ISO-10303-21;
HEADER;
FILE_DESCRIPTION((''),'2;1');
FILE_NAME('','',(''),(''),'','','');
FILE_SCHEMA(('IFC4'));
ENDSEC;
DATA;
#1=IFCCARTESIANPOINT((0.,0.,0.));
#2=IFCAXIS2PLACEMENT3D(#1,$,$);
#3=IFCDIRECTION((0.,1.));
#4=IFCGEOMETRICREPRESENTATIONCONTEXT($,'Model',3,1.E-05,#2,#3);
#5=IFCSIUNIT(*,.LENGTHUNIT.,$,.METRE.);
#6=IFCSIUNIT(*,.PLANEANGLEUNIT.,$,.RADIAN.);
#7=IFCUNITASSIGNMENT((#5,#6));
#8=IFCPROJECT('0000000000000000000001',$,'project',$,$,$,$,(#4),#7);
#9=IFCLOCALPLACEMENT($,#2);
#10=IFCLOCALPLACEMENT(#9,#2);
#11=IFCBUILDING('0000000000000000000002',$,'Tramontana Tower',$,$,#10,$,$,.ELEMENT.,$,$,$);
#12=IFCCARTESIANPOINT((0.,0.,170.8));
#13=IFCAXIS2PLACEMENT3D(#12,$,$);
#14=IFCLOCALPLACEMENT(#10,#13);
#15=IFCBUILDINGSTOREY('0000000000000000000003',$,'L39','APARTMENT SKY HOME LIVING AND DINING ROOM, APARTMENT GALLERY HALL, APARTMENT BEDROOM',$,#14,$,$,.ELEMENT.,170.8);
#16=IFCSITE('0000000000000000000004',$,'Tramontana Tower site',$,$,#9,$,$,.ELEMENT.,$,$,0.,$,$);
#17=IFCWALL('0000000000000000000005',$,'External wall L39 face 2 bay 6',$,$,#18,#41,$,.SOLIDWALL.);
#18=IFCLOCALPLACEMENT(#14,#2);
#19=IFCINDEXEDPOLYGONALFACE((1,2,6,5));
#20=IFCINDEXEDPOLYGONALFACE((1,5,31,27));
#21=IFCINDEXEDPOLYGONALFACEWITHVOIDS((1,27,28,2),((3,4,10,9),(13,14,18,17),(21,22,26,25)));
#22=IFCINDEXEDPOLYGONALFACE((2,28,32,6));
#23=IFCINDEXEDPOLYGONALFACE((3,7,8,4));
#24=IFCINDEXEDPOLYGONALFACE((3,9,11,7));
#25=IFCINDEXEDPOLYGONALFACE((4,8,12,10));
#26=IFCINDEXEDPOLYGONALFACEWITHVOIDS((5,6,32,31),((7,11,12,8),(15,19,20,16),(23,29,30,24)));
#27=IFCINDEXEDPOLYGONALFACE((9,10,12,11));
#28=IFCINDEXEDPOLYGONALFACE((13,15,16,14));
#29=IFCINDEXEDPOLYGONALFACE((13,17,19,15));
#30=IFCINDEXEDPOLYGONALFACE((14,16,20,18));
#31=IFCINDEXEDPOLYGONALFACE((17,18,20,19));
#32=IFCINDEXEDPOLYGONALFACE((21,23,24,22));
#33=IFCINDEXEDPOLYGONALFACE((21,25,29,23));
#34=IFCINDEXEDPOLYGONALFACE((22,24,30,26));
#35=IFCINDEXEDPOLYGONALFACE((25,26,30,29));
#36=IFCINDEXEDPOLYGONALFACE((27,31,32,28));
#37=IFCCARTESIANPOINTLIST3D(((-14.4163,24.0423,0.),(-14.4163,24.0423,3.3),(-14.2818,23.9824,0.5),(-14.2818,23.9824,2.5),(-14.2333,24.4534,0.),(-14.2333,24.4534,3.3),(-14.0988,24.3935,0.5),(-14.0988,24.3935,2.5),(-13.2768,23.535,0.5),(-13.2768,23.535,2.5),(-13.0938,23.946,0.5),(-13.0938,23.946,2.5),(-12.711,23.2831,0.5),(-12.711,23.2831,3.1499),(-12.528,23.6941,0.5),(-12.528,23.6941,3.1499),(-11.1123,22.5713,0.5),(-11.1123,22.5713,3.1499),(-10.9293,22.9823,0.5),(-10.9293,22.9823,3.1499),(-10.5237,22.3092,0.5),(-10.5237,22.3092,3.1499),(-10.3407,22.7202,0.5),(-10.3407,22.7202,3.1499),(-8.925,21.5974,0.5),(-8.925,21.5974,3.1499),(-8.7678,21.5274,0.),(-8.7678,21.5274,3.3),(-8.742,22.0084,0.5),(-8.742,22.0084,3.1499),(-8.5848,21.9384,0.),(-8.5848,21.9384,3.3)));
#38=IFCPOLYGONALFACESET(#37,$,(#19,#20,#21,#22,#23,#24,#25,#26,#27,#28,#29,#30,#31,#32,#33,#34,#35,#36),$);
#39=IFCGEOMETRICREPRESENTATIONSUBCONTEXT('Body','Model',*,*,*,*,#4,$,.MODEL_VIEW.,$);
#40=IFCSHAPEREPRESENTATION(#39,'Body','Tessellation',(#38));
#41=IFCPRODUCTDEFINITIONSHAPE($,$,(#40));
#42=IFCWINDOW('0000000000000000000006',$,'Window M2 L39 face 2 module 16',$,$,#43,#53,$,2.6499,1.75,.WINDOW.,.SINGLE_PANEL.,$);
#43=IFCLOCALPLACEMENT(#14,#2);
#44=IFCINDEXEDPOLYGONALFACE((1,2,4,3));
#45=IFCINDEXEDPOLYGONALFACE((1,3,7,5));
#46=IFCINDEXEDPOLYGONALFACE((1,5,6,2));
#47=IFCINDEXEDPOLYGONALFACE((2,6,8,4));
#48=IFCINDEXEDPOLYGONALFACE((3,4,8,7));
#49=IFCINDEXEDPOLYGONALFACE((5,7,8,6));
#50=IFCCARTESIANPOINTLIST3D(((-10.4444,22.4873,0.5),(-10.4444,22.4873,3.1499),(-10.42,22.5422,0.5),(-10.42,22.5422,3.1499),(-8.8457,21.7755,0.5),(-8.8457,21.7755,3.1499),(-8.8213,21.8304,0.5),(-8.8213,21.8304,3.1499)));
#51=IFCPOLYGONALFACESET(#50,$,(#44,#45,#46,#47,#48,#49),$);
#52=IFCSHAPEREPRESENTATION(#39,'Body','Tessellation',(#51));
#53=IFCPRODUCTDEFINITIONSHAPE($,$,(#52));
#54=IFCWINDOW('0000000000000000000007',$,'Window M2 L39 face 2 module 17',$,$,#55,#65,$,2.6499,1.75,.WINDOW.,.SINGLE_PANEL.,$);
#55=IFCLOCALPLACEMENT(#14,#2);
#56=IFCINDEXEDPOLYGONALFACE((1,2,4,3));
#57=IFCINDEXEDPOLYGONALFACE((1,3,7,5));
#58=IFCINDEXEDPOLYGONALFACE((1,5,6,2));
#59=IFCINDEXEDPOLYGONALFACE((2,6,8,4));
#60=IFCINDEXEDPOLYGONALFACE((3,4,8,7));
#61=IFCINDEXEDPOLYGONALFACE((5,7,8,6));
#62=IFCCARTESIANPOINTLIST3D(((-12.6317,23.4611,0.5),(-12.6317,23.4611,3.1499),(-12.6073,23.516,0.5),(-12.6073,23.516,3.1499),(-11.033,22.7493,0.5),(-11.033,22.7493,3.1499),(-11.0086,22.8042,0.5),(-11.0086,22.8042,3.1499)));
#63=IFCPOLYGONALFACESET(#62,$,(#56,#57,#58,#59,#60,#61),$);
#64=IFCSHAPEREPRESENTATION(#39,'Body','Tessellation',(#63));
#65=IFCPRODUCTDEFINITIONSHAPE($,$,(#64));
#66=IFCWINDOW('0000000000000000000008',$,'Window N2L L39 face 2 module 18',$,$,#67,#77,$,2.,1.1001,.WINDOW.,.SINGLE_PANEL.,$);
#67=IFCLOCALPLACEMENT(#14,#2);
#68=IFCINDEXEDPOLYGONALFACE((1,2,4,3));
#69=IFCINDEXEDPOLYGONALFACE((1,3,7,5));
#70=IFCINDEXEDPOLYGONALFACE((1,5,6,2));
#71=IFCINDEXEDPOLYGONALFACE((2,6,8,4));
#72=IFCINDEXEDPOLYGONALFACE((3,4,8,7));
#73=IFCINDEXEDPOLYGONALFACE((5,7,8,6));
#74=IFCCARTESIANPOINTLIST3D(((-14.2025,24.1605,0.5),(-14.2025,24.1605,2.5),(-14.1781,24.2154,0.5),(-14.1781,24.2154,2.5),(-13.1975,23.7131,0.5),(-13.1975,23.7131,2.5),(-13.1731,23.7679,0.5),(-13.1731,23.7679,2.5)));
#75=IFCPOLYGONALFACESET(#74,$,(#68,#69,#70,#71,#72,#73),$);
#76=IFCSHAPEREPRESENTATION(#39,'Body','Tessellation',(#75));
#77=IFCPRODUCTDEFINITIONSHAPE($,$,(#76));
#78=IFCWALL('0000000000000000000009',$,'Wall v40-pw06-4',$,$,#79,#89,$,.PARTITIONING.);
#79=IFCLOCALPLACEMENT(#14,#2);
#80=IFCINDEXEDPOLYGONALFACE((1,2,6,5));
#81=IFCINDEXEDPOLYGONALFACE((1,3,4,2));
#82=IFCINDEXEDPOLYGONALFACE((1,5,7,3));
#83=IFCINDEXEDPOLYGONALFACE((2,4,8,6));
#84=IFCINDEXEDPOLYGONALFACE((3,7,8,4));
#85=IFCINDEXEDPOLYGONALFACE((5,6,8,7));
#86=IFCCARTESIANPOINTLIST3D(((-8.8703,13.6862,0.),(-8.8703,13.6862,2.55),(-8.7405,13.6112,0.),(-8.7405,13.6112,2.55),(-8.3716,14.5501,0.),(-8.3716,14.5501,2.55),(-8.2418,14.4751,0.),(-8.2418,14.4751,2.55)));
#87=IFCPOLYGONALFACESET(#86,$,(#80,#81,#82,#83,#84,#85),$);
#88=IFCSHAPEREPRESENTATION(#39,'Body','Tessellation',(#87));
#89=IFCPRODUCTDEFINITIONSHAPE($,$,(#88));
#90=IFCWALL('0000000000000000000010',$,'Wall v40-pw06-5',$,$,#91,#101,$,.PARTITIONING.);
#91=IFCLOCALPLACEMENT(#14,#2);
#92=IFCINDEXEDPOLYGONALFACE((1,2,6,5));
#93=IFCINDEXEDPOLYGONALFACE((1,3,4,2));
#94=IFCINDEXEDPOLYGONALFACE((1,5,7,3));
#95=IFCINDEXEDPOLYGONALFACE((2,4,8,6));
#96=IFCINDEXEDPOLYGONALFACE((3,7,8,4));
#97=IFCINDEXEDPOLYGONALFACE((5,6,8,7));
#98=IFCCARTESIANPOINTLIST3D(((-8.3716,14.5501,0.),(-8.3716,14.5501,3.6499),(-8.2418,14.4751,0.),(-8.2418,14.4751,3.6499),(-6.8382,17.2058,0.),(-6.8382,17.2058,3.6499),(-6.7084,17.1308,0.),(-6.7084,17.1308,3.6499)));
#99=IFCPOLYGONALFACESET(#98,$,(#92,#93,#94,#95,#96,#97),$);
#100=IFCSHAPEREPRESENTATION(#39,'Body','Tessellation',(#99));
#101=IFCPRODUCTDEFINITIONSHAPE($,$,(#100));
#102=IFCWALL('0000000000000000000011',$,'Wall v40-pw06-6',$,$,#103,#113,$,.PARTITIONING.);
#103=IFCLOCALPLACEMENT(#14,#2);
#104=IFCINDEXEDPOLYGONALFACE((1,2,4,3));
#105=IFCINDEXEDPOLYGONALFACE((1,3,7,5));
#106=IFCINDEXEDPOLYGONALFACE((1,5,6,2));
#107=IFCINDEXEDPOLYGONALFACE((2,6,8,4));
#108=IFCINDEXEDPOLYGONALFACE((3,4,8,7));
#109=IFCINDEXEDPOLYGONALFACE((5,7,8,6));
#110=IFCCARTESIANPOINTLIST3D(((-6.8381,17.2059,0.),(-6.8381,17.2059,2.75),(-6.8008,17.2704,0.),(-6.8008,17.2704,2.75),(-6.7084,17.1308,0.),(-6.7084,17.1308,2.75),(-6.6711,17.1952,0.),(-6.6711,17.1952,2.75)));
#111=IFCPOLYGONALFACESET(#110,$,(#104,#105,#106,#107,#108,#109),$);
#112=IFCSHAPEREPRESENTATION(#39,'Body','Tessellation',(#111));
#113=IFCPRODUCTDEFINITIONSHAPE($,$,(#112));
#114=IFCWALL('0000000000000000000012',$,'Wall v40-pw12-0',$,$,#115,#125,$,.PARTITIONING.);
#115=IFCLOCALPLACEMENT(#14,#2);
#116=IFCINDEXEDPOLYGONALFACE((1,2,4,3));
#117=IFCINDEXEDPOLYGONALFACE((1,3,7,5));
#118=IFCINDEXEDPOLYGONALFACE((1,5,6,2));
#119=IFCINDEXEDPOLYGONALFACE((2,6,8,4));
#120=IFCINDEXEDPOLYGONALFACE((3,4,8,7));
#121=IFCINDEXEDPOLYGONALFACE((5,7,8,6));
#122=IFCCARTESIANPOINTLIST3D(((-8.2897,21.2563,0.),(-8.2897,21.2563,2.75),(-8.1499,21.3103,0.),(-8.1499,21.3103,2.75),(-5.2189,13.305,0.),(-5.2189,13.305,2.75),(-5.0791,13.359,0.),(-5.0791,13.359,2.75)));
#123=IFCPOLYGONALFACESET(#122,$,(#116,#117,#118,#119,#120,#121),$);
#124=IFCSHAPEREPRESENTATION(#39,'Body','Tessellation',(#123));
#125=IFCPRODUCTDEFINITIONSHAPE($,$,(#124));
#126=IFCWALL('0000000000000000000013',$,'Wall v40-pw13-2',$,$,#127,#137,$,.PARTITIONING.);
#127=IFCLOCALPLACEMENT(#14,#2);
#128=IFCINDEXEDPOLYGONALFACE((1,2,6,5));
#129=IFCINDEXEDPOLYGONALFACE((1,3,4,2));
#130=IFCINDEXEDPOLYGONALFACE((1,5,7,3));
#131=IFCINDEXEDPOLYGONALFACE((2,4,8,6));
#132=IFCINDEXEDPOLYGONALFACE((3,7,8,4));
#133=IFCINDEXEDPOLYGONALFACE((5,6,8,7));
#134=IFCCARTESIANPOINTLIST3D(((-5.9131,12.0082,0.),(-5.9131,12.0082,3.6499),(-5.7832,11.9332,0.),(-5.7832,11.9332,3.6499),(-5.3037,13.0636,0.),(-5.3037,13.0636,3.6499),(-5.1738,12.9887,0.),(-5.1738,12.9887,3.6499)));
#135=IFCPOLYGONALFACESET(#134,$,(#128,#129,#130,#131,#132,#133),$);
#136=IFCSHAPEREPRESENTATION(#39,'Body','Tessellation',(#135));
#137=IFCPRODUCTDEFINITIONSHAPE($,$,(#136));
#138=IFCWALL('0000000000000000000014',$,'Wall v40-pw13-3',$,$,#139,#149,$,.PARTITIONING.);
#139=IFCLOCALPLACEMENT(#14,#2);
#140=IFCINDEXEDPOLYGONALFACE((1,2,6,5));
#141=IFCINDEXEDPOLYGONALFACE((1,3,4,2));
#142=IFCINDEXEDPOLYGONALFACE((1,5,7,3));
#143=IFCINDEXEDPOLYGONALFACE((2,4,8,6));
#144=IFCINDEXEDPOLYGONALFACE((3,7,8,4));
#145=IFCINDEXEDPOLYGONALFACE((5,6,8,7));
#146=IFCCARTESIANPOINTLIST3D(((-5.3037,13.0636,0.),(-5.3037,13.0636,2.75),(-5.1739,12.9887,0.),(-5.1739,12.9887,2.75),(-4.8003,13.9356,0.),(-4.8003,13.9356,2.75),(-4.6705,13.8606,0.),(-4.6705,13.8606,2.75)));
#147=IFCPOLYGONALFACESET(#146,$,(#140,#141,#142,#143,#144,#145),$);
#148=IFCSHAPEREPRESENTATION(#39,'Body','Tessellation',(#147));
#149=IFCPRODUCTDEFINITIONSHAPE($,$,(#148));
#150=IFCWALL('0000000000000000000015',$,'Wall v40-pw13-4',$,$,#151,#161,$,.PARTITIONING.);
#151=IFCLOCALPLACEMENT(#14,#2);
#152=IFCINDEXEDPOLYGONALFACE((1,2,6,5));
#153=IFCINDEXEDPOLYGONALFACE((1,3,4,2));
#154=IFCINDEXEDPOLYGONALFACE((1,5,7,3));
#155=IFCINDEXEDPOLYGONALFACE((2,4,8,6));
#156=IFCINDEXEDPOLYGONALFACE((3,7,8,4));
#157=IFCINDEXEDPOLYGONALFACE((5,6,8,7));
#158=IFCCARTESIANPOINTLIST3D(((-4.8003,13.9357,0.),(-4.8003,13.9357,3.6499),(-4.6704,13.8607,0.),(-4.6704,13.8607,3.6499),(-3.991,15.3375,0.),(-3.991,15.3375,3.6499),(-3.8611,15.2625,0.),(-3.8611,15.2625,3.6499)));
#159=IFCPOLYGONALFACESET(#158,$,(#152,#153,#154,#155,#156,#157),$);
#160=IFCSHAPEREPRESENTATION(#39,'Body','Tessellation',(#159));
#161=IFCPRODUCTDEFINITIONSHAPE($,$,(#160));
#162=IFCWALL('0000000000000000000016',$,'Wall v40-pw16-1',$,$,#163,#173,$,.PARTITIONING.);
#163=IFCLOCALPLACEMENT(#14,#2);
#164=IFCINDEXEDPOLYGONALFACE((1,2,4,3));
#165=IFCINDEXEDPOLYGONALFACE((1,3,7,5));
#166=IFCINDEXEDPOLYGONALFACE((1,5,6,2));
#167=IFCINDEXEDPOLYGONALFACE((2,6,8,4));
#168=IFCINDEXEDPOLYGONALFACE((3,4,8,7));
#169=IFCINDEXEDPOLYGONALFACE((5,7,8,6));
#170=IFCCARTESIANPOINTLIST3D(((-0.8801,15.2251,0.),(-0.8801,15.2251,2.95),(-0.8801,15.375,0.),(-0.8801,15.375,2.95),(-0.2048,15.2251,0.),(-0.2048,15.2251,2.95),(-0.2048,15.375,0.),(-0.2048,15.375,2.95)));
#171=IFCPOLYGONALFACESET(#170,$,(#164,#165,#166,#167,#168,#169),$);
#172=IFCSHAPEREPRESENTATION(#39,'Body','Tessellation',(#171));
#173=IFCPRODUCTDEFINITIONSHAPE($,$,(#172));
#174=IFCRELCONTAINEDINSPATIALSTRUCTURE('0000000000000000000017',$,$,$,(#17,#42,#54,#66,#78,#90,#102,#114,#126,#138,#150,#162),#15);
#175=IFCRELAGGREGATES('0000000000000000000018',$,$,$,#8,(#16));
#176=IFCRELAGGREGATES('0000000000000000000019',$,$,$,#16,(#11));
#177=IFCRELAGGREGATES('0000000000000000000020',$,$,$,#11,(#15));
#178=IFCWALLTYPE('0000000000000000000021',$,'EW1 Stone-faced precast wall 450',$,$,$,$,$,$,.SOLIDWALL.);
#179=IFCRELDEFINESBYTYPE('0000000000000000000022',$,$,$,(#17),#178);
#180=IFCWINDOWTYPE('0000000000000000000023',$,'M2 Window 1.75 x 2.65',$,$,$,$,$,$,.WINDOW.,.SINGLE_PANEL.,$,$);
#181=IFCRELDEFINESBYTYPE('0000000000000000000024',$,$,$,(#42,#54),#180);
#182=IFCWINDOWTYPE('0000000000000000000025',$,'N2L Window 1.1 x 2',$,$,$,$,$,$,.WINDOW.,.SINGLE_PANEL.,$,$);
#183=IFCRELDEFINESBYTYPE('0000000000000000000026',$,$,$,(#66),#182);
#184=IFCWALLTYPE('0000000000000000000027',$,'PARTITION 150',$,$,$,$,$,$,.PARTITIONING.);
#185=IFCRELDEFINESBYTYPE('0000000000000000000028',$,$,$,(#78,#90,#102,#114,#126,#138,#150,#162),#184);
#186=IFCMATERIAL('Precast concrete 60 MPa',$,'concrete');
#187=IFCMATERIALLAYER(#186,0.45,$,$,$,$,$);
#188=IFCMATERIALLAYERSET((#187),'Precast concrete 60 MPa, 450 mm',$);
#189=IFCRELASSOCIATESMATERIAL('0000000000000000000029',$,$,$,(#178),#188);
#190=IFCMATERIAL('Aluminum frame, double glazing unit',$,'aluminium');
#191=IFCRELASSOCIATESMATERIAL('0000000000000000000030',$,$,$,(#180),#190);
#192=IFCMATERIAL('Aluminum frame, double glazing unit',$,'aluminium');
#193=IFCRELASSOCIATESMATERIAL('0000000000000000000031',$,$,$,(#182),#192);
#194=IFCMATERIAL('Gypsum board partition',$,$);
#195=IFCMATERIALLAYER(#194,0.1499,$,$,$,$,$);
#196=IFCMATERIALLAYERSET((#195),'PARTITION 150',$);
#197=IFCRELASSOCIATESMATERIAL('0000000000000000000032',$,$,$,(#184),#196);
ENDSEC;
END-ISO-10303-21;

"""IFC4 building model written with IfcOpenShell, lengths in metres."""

from ifc_helpers import new_model, si_unit, direction, frame, frame_2d, origin, place, context, subcontext, project, spatial, rectangle, extrude, material, layer, layer_set, type_object, element, fill, save


model = new_model("IFC4")

# Units and contexts
model_context = context("Model", 3, precision=1e-05, world=origin(), true_north=direction((0.0, 1.0)))
body_context = subcontext(model_context, "Body", "Model", "MODEL_VIEW")
ifc_project = project(units=[si_unit("LENGTHUNIT", "METRE"), si_unit("PLANEANGLEUNIT", "RADIAN")], contexts=[model_context])

# Site, building, storey
site_placement = place(None, origin())
site = spatial("IfcSite", under=ifc_project, at=site_placement, Name="Tramontana Tower site", CompositionType="ELEMENT", RefElevation=0.0)
building_placement = place(site_placement, origin())
building = spatial("IfcBuilding", under=site, at=building_placement, Name="Tramontana Tower", CompositionType="ELEMENT")
storey_placement = place(building_placement, frame((0.0, 0.0, 170.8)))
storey = spatial("IfcBuildingStorey", under=building, at=storey_placement, Name="L39", Description="APARTMENT SKY HOME LIVING AND DINING ROOM, APARTMENT GALLERY HALL, APARTMENT BEDROOM", CompositionType="ELEMENT", Elevation=170.8)

# Wall, openings, windows
ifc_material_1 = material(Name="Precast concrete 60 MPa", Category="concrete")
ifc_layer_1 = layer(ifc_material_1, 0.45)
ifc_layer_set_1 = layer_set([ifc_layer_1], Name="Precast concrete 60 MPa, 450 mm")
wall_type_1 = type_object("IfcWallType", Name="EW1 Stone-faced precast wall 450", PredefinedType="SOLIDWALL", material=ifc_layer_set_1)
ifc_material_2 = material(Name="Aluminum frame, double glazing unit", Category="aluminium")
window_type_1 = type_object("IfcWindowType", Name="M2 Window 1.75 x 2.65", PartitioningType="SINGLE_PANEL", PredefinedType="WINDOW", material=ifc_material_2)
wall_1_placement = place(storey_placement, frame((-8.6763, 21.7329, 0.0), z_axis=(0.0, 0.0, 1.0), x_axis=(-0.913543, 0.406743, 0.0)))
wall_1 = element("IfcWall", 1, at=wall_1_placement, inside=storey, type_object=wall_type_1, Name="External wall L39 face 2 bay 6", PredefinedType="SOLIDWALL", context=body_context, shape_type="SweptSolid", body=[
    extrude(rectangle(XDim=6.1831, YDim=0.45, at=frame_2d((3.0916, 0.0))), origin(), (0.0, 0.0, 1.0), 3.3),
])
opening_1_placement = place(wall_1_placement, frame((0.1721, 0.0, 0.5)))
opening_1 = element("IfcOpeningElement", 2, at=opening_1_placement, cuts=wall_1, PredefinedType="OPENING", context=body_context, shape_type="SweptSolid", body=[
    extrude(rectangle(XDim=1.75, YDim=2.6499, at=frame_2d((0.875, 1.325))), frame((0.0, 0.2349, 0.0), z_axis=(0.0, -1.0, 0.0), x_axis=(1.0, 0.0, 0.0)), (0.0, 0.0, 1.0), 0.47),
])
opening_2_placement = place(wall_1_placement, frame((2.5664, 0.0, 0.5)))
opening_2 = element("IfcOpeningElement", 3, at=opening_2_placement, cuts=wall_1, PredefinedType="OPENING", context=body_context, shape_type="SweptSolid", body=[
    extrude(rectangle(XDim=1.75, YDim=2.6499, at=frame_2d((0.875, 1.325))), frame((0.0, 0.2349, 0.0), z_axis=(0.0, -1.0, 0.0), x_axis=(1.0, 0.0, 0.0)), (0.0, 0.0, 1.0), 0.47),
])
opening_3_placement = place(wall_1_placement, frame((4.9358, 0.0, 0.5)))
opening_3 = element("IfcOpeningElement", 4, at=opening_3_placement, cuts=wall_1, PredefinedType="OPENING", context=body_context, shape_type="SweptSolid", body=[
    extrude(rectangle(XDim=1.1001, YDim=2.0, at=frame_2d((0.55, 1.0))), frame((0.0, 0.2349, 0.0), z_axis=(0.0, -1.0, 0.0), x_axis=(1.0, 0.0, 0.0)), (0.0, 0.0, 1.0), 0.47),
])
window_1_placement = place(opening_1_placement, origin())
window_1 = element("IfcWindow", 5, at=window_1_placement, inside=storey, type_object=window_type_1, Name="Window M2 L39 face 2 module 16", OverallHeight=2.6499, OverallWidth=1.75, PartitioningType="SINGLE_PANEL", PredefinedType="WINDOW", context=body_context, shape_type="SweptSolid", body=[
    extrude(rectangle(XDim=1.75, YDim=2.6499, at=frame_2d((0.875, 1.325))), frame((0.0, 0.03, 0.0), z_axis=(0.0, -1.0, 0.0), x_axis=(1.0, 0.0, 0.0)), (0.0, 0.0, 1.0), 0.0601),
])
fill(opening_1, window_1)
window_2_placement = place(opening_2_placement, origin())
window_2 = element("IfcWindow", 6, at=window_2_placement, inside=storey, type_object=window_type_1, Name="Window M2 L39 face 2 module 17", OverallHeight=2.6499, OverallWidth=1.75, PartitioningType="SINGLE_PANEL", PredefinedType="WINDOW", context=body_context, shape_type="SweptSolid", body=[
    extrude(rectangle(XDim=1.75, YDim=2.6499, at=frame_2d((0.875, 1.325))), frame((0.0, 0.03, 0.0), z_axis=(0.0, -1.0, 0.0), x_axis=(1.0, 0.0, 0.0)), (0.0, 0.0, 1.0), 0.0601),
])
fill(opening_2, window_2)
ifc_material_3 = material(Name="Aluminum frame, double glazing unit", Category="aluminium")
window_type_2 = type_object("IfcWindowType", Name="N2L Window 1.1 x 2", PartitioningType="SINGLE_PANEL", PredefinedType="WINDOW", material=ifc_material_3)
window_3_placement = place(opening_3_placement, origin())
window_3 = element("IfcWindow", 7, at=window_3_placement, inside=storey, type_object=window_type_2, Name="Window N2L L39 face 2 module 18", OverallHeight=2.0, OverallWidth=1.1001, PartitioningType="SINGLE_PANEL", PredefinedType="WINDOW", context=body_context, shape_type="SweptSolid", body=[
    extrude(rectangle(XDim=1.1001, YDim=2.0, at=frame_2d((0.55, 1.0))), frame((0.0, 0.03, 0.0), z_axis=(0.0, -1.0, 0.0), x_axis=(1.0, 0.0, 0.0)), (0.0, 0.0, 1.0), 0.0601),
])
fill(opening_3, window_3)

# Walls
ifc_material_4 = material(Name="Gypsum board partition")
ifc_layer_2 = layer(ifc_material_4, 0.1499)
ifc_layer_set_2 = layer_set([ifc_layer_2], Name="PARTITION 150")
wall_type_2 = type_object("IfcWallType", Name="PARTITION 150", PredefinedType="PARTITIONING", material=ifc_layer_set_2)
wall_2_placement = place(storey_placement, frame((-8.8054, 13.6487, 0.0), z_axis=(0.0, 0.0, 1.0), x_axis=(0.499955, 0.866051, 0.0)))
element("IfcWall", 8, at=wall_2_placement, inside=storey, type_object=wall_type_2, Name="Wall v40-pw06-4", PredefinedType="PARTITIONING", context=body_context, shape_type="SweptSolid", body=[
    extrude(rectangle(XDim=0.9976, YDim=0.1499, at=frame_2d((0.4988, 0.0))), origin(), (0.0, 0.0, 1.0), 2.55),
])
wall_3_placement = place(storey_placement, frame((-8.3066, 14.5127, 0.0), z_axis=(0.0, 0.0, 1.0), x_axis=(0.500035, 0.866005, 0.0)))
element("IfcWall", 9, at=wall_3_placement, inside=storey, type_object=wall_type_2, Name="Wall v40-pw06-5", PredefinedType="PARTITIONING", context=body_context, shape_type="SweptSolid", body=[
    extrude(rectangle(XDim=3.0667, YDim=0.1499, at=frame_2d((1.5332, 0.0))), origin(), (0.0, 0.0, 1.0), 3.6499),
])
wall_4_placement = place(storey_placement, frame((-6.7732, 17.1685, 0.0), z_axis=(0.0, 0.0, 1.0), x_axis=(0.501424, 0.865202, 0.0)))
element("IfcWall", 10, at=wall_4_placement, inside=storey, type_object=wall_type_2, Name="Wall v40-pw06-6", PredefinedType="PARTITIONING", context=body_context, shape_type="SweptSolid", body=[
    extrude(rectangle(XDim=0.0745, YDim=0.1499, at=frame_2d((0.0371, 0.0))), origin(), (0.0, 0.0, 1.0), 2.75),
])
wall_5_placement = place(storey_placement, frame((-8.2197, 21.2832, 0.0), z_axis=(0.0, 0.0, 1.0), x_axis=(0.360263, -0.932851, 0.0)))
element("IfcWall", 11, at=wall_5_placement, inside=storey, type_object=wall_type_2, Name="Wall v40-pw12-0", PredefinedType="PARTITIONING", context=body_context, shape_type="SweptSolid", body=[
    extrude(rectangle(XDim=8.5237, YDim=0.1499, at=frame_2d((4.2617, 0.0))), origin(), (0.0, 0.0, 1.0), 2.75),
])
wall_6_placement = place(storey_placement, frame((-5.8481, 11.9707, 0.0), z_axis=(0.0, 0.0, 1.0), x_axis=(0.500017, 0.866015, 0.0)))
element("IfcWall", 12, at=wall_6_placement, inside=storey, type_object=wall_type_2, Name="Wall v40-pw13-2", PredefinedType="PARTITIONING", context=body_context, shape_type="SweptSolid", body=[
    extrude(rectangle(XDim=1.2188, YDim=0.1499, at=frame_2d((0.6094, 0.0))), origin(), (0.0, 0.0, 1.0), 3.6499),
])
wall_7_placement = place(storey_placement, frame((-5.2388, 13.0261, 0.0), z_axis=(0.0, 0.0, 1.0), x_axis=(0.499946, 0.866056, 0.0)))
element("IfcWall", 13, at=wall_7_placement, inside=storey, type_object=wall_type_2, Name="Wall v40-pw13-3", PredefinedType="PARTITIONING", context=body_context, shape_type="SweptSolid", body=[
    extrude(rectangle(XDim=1.0068, YDim=0.1499, at=frame_2d((0.5034, 0.0))), origin(), (0.0, 0.0, 1.0), 2.75),
])
wall_8_placement = place(storey_placement, frame((-4.7354, 13.8982, 0.0), z_axis=(0.0, 0.0, 1.0), x_axis=(0.499984, 0.866035, 0.0)))
element("IfcWall", 14, at=wall_8_placement, inside=storey, type_object=wall_type_2, Name="Wall v40-pw13-4", PredefinedType="PARTITIONING", context=body_context, shape_type="SweptSolid", body=[
    extrude(rectangle(XDim=1.6187, YDim=0.1499, at=frame_2d((0.8093, 0.0))), origin(), (0.0, 0.0, 1.0), 3.6499),
])

# Wall
wall_9_placement = place(storey_placement, frame((-0.8801, 15.3, 0.0), z_axis=(0.0, 0.0, 1.0), x_axis=(1.0, 0.0, 0.0)))
element("IfcWall", 15, at=wall_9_placement, inside=storey, type_object=wall_type_2, Name="Wall v40-pw16-1", PredefinedType="PARTITIONING", context=body_context, shape_type="SweptSolid", body=[
    extrude(rectangle(XDim=0.6753, YDim=0.1499, at=frame_2d((0.3376, 0.0))), origin(), (0.0, 0.0, 1.0), 2.95),
])

save(model, "model.ifc")
